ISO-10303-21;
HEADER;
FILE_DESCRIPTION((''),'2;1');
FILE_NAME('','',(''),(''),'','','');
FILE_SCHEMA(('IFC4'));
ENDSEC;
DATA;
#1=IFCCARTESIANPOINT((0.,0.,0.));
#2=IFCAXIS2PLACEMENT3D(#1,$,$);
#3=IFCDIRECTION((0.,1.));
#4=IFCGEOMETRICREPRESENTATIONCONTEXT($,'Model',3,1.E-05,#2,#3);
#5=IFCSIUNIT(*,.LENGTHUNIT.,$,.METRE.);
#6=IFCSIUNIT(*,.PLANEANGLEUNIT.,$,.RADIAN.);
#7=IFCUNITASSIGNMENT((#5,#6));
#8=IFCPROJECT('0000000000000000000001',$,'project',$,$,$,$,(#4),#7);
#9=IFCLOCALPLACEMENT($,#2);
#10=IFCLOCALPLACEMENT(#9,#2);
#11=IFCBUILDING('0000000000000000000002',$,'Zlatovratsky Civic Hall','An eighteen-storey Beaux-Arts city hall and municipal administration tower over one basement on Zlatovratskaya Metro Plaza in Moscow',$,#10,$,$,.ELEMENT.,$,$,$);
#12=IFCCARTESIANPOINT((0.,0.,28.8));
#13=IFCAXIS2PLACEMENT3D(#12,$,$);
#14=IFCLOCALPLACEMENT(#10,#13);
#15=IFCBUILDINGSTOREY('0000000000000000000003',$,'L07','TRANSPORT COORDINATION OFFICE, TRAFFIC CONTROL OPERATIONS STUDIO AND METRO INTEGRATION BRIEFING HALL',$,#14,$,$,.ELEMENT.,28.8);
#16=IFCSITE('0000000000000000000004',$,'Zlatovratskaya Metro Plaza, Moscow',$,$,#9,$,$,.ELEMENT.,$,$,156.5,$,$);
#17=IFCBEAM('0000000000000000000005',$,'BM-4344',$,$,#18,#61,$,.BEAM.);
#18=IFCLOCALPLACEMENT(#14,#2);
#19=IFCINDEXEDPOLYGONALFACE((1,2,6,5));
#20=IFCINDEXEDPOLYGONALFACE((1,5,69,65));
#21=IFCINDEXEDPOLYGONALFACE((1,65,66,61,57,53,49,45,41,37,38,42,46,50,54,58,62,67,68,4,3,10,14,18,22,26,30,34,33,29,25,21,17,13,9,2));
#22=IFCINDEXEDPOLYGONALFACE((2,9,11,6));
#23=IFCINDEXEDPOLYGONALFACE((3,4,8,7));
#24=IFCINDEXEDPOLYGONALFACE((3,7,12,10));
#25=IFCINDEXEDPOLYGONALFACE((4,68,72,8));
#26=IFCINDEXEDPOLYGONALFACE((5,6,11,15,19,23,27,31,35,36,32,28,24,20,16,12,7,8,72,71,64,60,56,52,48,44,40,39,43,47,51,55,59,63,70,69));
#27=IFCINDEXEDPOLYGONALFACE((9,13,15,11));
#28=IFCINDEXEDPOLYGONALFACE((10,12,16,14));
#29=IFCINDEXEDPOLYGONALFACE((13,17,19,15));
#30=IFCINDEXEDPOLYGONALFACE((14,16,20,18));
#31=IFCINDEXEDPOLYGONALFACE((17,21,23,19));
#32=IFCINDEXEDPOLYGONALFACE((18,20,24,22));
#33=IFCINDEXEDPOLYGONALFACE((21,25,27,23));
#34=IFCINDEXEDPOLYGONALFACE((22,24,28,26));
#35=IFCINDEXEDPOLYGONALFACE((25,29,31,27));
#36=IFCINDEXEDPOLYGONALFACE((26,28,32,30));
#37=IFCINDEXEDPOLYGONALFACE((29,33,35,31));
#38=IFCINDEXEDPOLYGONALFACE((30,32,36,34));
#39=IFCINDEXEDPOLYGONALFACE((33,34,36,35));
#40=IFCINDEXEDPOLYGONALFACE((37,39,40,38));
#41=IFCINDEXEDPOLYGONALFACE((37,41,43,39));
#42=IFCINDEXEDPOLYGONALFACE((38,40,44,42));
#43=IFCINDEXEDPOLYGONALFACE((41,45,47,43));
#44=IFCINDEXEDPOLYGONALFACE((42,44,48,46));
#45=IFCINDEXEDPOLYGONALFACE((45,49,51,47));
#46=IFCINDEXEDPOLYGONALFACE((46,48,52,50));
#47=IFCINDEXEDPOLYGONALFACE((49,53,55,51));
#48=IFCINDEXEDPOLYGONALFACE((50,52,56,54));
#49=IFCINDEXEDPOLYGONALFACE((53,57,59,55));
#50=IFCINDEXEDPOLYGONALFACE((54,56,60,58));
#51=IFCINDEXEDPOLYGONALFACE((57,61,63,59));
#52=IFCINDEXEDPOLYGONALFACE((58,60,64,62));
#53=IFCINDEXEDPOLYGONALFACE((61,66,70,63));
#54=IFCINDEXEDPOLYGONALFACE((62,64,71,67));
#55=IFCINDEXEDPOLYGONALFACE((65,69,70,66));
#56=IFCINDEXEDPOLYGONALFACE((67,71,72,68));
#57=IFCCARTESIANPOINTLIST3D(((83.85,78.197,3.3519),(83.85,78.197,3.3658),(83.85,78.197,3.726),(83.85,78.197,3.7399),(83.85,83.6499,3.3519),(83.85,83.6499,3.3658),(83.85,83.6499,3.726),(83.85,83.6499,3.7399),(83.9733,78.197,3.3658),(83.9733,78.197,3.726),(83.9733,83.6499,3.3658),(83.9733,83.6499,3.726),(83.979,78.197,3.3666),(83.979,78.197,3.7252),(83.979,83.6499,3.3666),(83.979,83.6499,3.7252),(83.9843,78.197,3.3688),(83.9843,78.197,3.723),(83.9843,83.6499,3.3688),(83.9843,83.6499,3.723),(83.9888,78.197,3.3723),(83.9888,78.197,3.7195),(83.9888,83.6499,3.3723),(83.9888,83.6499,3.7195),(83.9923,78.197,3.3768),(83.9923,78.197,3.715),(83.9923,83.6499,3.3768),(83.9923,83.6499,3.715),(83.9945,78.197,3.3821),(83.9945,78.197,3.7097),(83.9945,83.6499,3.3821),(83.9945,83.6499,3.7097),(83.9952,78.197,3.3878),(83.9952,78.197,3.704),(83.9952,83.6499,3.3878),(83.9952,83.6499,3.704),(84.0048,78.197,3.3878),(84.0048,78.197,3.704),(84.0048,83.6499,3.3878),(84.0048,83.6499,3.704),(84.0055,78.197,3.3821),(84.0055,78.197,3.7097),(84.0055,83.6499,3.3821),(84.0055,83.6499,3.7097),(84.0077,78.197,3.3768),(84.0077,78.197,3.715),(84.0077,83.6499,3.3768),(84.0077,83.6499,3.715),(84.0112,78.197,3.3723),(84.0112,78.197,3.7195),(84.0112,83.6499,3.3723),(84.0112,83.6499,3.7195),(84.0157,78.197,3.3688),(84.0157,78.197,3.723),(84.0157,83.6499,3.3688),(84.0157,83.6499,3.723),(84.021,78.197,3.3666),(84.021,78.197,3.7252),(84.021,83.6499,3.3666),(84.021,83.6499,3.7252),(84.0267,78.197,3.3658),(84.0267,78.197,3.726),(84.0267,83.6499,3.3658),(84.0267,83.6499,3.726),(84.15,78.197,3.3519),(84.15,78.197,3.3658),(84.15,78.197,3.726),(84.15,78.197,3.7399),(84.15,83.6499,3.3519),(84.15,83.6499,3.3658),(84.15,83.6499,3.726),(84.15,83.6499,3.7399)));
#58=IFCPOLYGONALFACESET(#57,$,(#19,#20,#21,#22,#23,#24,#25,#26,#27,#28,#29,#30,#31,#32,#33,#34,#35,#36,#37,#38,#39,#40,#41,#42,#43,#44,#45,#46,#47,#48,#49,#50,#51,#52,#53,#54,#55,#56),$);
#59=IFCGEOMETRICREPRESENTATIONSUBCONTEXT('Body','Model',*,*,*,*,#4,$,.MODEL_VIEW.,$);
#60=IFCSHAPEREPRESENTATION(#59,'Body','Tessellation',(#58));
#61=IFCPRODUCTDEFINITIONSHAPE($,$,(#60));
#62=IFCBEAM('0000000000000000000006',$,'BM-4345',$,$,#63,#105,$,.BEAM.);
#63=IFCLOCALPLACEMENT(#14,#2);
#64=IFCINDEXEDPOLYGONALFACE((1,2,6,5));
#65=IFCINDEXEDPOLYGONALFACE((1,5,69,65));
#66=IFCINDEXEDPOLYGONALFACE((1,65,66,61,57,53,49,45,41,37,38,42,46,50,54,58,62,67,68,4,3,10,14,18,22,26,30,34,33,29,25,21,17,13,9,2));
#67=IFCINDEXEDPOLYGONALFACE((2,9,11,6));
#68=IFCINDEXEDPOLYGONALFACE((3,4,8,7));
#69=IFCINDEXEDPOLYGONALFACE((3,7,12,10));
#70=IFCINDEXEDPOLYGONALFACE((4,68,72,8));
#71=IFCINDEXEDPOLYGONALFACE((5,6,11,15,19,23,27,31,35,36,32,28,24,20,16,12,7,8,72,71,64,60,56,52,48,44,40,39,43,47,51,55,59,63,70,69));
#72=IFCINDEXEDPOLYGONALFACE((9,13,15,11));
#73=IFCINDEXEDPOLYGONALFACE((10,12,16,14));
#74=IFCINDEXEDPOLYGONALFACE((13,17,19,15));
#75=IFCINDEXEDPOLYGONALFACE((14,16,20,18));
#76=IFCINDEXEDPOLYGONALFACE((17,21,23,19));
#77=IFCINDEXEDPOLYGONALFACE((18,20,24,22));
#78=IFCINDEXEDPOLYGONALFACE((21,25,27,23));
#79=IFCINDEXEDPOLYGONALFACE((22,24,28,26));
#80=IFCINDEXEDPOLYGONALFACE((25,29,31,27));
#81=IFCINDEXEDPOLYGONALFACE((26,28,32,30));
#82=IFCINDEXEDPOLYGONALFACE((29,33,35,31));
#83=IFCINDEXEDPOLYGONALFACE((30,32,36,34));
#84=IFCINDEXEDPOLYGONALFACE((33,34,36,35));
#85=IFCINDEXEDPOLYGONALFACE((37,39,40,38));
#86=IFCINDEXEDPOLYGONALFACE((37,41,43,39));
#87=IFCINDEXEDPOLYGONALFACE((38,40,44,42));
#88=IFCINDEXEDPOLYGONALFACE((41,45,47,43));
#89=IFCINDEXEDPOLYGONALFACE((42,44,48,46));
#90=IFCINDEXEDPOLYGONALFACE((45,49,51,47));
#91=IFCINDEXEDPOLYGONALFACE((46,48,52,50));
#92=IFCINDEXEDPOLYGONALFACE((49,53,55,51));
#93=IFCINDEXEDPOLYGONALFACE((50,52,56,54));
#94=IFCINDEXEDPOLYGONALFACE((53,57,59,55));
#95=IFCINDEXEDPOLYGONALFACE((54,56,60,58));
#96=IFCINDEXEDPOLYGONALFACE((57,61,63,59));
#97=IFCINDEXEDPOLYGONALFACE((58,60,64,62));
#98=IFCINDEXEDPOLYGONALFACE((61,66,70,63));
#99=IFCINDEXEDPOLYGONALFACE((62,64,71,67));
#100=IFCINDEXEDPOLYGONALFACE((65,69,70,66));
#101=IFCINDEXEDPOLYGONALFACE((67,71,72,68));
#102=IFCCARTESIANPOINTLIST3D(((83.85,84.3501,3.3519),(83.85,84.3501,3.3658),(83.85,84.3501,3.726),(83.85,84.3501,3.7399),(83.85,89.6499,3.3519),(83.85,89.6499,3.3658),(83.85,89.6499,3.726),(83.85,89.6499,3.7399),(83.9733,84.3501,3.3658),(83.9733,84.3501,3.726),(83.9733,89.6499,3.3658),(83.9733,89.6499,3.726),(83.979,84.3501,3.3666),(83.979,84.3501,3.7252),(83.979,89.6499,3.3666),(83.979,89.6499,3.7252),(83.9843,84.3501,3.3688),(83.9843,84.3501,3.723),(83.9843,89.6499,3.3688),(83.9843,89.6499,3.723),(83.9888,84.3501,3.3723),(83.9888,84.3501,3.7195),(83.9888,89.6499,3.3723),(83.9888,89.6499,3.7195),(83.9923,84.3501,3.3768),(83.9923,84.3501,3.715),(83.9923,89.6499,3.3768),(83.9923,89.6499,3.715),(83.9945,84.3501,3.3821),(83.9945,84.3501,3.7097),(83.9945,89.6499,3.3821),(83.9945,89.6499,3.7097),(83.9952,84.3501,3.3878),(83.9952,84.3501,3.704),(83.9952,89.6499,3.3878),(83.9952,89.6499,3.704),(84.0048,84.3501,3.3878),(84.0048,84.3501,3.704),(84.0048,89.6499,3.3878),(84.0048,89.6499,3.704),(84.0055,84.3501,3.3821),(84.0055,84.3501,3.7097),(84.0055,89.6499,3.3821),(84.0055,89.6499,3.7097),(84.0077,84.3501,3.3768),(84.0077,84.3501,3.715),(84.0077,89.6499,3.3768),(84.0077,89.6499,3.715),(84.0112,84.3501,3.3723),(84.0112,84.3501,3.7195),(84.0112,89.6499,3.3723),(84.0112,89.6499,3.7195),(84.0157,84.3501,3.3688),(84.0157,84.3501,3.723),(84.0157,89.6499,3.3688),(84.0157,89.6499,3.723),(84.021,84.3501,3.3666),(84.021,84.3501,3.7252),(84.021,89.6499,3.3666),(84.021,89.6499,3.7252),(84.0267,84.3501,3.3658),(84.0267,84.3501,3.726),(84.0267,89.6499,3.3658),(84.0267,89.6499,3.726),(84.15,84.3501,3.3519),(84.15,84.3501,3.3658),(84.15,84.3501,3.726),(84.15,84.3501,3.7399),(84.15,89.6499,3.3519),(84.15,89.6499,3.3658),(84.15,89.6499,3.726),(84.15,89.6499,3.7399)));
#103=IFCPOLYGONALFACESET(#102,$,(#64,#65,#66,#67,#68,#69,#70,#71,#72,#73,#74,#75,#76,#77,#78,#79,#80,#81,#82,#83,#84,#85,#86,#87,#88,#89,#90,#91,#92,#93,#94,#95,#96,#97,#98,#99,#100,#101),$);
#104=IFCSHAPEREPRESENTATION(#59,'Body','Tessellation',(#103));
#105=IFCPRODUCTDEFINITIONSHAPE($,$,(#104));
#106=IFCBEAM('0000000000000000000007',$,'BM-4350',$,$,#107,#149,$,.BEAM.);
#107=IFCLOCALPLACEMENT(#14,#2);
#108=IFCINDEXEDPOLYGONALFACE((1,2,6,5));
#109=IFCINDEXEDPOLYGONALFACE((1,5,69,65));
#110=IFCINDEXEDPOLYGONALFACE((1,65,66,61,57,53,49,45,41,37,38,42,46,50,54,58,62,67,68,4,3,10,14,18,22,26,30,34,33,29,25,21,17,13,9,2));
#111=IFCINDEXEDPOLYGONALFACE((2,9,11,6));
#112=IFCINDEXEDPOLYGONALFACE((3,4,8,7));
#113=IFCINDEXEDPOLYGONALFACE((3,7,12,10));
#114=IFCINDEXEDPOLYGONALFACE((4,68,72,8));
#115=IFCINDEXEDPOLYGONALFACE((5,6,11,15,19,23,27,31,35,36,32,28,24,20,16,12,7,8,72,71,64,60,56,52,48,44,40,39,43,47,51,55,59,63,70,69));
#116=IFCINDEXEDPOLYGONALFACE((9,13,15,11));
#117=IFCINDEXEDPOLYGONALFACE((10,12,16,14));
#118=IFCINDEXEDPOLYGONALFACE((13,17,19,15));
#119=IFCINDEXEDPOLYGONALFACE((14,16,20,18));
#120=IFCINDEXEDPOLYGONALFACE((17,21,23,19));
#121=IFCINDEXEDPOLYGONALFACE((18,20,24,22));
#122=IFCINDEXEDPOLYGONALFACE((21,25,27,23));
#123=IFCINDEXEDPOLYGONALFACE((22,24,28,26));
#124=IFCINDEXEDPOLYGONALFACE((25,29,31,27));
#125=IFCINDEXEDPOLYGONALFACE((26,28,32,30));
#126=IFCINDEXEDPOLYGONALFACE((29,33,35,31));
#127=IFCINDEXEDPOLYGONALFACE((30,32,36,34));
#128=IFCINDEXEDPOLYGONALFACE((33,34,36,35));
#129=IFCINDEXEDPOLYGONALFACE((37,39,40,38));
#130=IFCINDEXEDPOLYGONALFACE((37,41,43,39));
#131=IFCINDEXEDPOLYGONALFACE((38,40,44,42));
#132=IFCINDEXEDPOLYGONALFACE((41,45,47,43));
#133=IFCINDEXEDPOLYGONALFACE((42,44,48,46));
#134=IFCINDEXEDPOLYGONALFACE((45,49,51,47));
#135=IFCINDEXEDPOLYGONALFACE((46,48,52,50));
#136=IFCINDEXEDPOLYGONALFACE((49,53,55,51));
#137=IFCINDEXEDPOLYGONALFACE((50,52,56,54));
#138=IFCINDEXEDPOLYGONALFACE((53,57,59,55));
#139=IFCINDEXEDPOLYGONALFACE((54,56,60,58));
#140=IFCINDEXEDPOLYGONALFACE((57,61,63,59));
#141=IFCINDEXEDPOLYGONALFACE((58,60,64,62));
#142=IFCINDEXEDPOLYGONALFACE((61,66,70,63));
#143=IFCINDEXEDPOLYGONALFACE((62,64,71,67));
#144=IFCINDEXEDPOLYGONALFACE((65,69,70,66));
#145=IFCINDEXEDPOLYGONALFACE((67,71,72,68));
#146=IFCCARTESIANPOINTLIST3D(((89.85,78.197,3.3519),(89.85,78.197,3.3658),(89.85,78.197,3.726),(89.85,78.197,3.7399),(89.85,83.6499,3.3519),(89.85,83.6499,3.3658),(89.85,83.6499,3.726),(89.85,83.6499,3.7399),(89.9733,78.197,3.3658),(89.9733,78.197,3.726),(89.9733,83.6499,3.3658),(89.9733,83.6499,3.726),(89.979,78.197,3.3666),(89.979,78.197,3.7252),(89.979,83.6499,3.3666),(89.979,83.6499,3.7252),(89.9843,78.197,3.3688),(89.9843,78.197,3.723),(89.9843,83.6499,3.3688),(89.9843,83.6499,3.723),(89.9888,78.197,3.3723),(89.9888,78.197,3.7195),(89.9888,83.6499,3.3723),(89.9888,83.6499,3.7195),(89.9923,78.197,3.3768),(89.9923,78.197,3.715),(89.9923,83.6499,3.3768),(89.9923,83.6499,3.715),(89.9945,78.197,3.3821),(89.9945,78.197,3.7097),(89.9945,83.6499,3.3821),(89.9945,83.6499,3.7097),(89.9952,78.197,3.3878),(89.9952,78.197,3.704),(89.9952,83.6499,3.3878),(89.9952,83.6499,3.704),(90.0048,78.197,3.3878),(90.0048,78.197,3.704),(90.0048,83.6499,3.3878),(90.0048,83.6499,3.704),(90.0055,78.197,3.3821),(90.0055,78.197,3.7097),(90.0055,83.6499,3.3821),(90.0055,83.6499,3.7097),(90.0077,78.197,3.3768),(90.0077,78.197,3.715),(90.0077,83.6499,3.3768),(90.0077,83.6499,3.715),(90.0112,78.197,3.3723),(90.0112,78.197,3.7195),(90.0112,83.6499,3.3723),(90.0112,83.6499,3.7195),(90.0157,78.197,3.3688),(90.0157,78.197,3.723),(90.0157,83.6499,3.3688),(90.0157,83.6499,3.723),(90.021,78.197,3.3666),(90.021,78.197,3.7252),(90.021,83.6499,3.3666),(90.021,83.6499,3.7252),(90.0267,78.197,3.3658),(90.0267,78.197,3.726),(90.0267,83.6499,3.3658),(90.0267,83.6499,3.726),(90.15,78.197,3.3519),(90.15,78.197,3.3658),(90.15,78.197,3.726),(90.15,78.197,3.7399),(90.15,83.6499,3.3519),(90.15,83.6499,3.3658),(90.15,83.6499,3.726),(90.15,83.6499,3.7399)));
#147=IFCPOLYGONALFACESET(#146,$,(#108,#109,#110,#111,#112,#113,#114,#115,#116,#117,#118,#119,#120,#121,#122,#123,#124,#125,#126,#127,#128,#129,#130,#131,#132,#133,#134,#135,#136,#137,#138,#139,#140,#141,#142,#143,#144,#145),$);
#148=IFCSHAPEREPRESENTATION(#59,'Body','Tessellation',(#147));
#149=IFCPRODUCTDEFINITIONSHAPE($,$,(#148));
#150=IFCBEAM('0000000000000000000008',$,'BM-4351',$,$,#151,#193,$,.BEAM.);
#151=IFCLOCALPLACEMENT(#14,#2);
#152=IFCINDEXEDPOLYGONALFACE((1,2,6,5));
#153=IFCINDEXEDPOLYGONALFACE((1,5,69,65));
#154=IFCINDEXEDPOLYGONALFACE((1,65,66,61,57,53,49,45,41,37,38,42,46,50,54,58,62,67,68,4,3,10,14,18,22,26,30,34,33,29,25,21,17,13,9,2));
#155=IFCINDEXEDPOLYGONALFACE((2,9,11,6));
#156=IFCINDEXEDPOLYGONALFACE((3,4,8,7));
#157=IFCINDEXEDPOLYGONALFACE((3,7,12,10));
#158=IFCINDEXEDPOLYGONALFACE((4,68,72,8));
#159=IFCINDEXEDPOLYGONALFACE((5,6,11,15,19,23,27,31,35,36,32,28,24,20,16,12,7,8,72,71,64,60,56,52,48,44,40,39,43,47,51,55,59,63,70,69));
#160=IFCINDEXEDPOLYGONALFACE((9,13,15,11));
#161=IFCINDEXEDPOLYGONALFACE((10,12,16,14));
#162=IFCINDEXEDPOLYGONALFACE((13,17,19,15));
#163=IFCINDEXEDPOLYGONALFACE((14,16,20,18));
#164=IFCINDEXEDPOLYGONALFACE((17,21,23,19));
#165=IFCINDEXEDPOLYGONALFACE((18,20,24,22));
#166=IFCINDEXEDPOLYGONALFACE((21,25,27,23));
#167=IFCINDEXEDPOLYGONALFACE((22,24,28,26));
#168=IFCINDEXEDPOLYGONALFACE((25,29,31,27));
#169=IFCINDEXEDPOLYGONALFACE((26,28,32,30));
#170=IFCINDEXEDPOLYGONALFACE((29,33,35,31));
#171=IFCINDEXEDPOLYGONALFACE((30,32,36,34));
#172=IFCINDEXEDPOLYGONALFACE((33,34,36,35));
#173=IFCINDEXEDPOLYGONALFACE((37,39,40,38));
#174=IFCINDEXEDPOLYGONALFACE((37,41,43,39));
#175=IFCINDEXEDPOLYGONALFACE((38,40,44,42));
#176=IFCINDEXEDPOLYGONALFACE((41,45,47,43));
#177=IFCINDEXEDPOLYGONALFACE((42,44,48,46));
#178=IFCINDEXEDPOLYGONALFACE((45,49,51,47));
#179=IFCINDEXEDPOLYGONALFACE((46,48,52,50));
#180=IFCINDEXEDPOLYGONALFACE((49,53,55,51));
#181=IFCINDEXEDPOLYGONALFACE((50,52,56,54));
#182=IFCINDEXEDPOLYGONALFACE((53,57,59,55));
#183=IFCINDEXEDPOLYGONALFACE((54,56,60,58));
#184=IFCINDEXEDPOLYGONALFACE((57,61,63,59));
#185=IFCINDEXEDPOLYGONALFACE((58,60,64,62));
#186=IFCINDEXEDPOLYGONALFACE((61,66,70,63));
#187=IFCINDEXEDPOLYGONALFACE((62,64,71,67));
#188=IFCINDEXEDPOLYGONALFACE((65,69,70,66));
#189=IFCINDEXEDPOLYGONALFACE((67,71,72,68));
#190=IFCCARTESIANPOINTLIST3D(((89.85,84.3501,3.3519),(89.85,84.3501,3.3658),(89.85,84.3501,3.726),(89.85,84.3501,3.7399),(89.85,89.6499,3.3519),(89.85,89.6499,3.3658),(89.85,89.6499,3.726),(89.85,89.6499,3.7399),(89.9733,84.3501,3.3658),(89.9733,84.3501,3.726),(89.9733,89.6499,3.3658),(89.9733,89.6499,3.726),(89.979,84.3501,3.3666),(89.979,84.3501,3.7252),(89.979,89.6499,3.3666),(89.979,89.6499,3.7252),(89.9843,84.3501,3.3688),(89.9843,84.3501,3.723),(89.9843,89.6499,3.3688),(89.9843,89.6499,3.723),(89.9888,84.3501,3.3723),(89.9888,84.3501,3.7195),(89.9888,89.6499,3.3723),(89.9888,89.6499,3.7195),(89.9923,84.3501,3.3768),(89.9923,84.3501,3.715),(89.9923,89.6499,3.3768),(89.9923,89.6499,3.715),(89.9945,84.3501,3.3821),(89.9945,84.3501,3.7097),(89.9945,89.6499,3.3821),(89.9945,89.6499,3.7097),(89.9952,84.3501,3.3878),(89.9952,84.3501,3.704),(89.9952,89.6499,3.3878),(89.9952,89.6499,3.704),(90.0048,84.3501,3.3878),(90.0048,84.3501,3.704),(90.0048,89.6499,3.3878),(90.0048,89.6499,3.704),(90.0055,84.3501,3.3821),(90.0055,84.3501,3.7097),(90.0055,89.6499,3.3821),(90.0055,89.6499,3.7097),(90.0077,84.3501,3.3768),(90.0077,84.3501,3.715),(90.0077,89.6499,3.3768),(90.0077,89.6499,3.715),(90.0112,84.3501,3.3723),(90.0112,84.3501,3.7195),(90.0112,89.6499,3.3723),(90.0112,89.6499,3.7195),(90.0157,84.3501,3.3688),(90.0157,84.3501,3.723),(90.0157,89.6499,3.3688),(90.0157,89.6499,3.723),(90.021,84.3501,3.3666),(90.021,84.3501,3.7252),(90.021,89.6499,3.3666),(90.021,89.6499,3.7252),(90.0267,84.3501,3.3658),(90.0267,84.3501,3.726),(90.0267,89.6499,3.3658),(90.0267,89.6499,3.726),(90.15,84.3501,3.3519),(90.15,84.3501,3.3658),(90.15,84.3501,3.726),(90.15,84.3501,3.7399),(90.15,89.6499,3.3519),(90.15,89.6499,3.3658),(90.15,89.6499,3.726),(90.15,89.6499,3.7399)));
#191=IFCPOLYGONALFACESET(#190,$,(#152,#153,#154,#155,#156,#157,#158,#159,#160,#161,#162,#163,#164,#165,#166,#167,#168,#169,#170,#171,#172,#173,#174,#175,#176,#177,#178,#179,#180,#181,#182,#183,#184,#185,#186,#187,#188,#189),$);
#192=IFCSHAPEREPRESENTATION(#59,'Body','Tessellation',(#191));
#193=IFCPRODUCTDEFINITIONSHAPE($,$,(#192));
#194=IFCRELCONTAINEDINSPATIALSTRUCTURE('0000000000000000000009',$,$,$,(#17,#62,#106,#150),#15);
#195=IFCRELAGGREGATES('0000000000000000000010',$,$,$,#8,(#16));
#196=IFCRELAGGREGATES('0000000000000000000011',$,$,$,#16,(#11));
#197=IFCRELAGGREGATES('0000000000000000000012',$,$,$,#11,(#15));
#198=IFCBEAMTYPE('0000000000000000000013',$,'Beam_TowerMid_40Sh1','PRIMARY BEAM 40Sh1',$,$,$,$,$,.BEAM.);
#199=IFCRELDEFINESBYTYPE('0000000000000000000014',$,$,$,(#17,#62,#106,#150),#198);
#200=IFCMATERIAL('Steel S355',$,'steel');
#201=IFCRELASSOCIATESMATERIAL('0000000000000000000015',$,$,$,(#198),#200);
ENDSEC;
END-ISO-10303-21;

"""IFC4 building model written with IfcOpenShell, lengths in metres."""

from ifc_helpers import new_model, si_unit, direction, frame, origin, origin_2d, place, context, subcontext, project, spatial, i_section, extrude, material, material_profile, profile_set, type_object, element, save


model = new_model("IFC4")

# Units and contexts
model_context = context("Model", 3, precision=1e-05, world=origin(), true_north=direction((0.0, 1.0)))
body_context = subcontext(model_context, "Body", "Model", "MODEL_VIEW")
ifc_project = project(units=[si_unit("LENGTHUNIT", "METRE"), si_unit("PLANEANGLEUNIT", "RADIAN")], contexts=[model_context])

# Site, building, storey
site_placement = place(None, origin())
site = spatial("IfcSite", under=ifc_project, at=site_placement, Name="Zlatovratskaya Metro Plaza, Moscow", CompositionType="ELEMENT", RefElevation=156.5)
building_placement = place(site_placement, origin())
building = spatial("IfcBuilding", under=site, at=building_placement, Name="Zlatovratsky Civic Hall", Description="An eighteen-storey Beaux-Arts city hall and municipal administration tower over one basement on Zlatovratskaya Metro Plaza in Moscow", CompositionType="ELEMENT")
storey_placement = place(building_placement, frame((0.0, 0.0, 28.8)))
storey = spatial("IfcBuildingStorey", under=building, at=storey_placement, Name="L07", Description="TRANSPORT COORDINATION OFFICE, TRAFFIC CONTROL OPERATIONS STUDIO AND METRO INTEGRATION BRIEFING HALL", CompositionType="ELEMENT", Elevation=28.8)

# Shared definitions
ifc_material_1 = material(Name="Steel S355", Category="steel")

# Beams
ifc_material_profile_1 = material_profile(ifc_material_1, i_section(OverallWidth=0.3, OverallDepth=0.3879, WebThickness=0.0095, FlangeThickness=0.0139, FilletRadius=0.022, at=origin_2d()), Name="40Sh1")
ifc_profile_set_1 = profile_set([ifc_material_profile_1], Name="Steel S355")
beam_type = type_object("IfcBeamType", Name="Beam_TowerMid_40Sh1", Description="PRIMARY BEAM 40Sh1", PredefinedType="BEAM", material=ifc_profile_set_1)
beam_1_placement = place(storey_placement, frame((84.0, 78.197, 3.5459), z_axis=(0.0, 1.0, 0.0), x_axis=(-1.0, 0.0, 0.0)))
element("IfcBeam", 1, at=beam_1_placement, inside=storey, type_object=beam_type, Name="BM-4344", PredefinedType="BEAM", context=body_context, shape_type="SweptSolid", body=[
    extrude(i_section(OverallWidth=0.3, OverallDepth=0.3879, WebThickness=0.0095, FlangeThickness=0.0139, FilletRadius=0.022, at=origin_2d()), origin(), (0.0, 0.0, 1.0), 5.4529),
])
beam_2_placement = place(storey_placement, frame((84.0, 84.3501, 3.5459), z_axis=(0.0, 1.0, 0.0), x_axis=(-1.0, 0.0, 0.0)))
element("IfcBeam", 2, at=beam_2_placement, inside=storey, type_object=beam_type, Name="BM-4345", PredefinedType="BEAM", context=body_context, shape_type="SweptSolid", body=[
    extrude(i_section(OverallWidth=0.3, OverallDepth=0.3879, WebThickness=0.0095, FlangeThickness=0.0139, FilletRadius=0.022, at=origin_2d()), origin(), (0.0, 0.0, 1.0), 5.2998),
])
beam_3_placement = place(storey_placement, frame((90.0, 78.197, 3.5459), z_axis=(0.0, 1.0, 0.0), x_axis=(-1.0, 0.0, 0.0)))
element("IfcBeam", 3, at=beam_3_placement, inside=storey, type_object=beam_type, Name="BM-4350", PredefinedType="BEAM", context=body_context, shape_type="SweptSolid", body=[
    extrude(i_section(OverallWidth=0.3, OverallDepth=0.3879, WebThickness=0.0095, FlangeThickness=0.0139, FilletRadius=0.022, at=origin_2d()), origin(), (0.0, 0.0, 1.0), 5.4529),
])
beam_4_placement = place(storey_placement, frame((90.0, 84.3501, 3.5459), z_axis=(0.0, 1.0, 0.0), x_axis=(-1.0, 0.0, 0.0)))
element("IfcBeam", 4, at=beam_4_placement, inside=storey, type_object=beam_type, Name="BM-4351", PredefinedType="BEAM", context=body_context, shape_type="SweptSolid", body=[
    extrude(i_section(OverallWidth=0.3, OverallDepth=0.3879, WebThickness=0.0095, FlangeThickness=0.0139, FilletRadius=0.022, at=origin_2d()), origin(), (0.0, 0.0, 1.0), 5.2998),
])

save(model, "model.ifc")
